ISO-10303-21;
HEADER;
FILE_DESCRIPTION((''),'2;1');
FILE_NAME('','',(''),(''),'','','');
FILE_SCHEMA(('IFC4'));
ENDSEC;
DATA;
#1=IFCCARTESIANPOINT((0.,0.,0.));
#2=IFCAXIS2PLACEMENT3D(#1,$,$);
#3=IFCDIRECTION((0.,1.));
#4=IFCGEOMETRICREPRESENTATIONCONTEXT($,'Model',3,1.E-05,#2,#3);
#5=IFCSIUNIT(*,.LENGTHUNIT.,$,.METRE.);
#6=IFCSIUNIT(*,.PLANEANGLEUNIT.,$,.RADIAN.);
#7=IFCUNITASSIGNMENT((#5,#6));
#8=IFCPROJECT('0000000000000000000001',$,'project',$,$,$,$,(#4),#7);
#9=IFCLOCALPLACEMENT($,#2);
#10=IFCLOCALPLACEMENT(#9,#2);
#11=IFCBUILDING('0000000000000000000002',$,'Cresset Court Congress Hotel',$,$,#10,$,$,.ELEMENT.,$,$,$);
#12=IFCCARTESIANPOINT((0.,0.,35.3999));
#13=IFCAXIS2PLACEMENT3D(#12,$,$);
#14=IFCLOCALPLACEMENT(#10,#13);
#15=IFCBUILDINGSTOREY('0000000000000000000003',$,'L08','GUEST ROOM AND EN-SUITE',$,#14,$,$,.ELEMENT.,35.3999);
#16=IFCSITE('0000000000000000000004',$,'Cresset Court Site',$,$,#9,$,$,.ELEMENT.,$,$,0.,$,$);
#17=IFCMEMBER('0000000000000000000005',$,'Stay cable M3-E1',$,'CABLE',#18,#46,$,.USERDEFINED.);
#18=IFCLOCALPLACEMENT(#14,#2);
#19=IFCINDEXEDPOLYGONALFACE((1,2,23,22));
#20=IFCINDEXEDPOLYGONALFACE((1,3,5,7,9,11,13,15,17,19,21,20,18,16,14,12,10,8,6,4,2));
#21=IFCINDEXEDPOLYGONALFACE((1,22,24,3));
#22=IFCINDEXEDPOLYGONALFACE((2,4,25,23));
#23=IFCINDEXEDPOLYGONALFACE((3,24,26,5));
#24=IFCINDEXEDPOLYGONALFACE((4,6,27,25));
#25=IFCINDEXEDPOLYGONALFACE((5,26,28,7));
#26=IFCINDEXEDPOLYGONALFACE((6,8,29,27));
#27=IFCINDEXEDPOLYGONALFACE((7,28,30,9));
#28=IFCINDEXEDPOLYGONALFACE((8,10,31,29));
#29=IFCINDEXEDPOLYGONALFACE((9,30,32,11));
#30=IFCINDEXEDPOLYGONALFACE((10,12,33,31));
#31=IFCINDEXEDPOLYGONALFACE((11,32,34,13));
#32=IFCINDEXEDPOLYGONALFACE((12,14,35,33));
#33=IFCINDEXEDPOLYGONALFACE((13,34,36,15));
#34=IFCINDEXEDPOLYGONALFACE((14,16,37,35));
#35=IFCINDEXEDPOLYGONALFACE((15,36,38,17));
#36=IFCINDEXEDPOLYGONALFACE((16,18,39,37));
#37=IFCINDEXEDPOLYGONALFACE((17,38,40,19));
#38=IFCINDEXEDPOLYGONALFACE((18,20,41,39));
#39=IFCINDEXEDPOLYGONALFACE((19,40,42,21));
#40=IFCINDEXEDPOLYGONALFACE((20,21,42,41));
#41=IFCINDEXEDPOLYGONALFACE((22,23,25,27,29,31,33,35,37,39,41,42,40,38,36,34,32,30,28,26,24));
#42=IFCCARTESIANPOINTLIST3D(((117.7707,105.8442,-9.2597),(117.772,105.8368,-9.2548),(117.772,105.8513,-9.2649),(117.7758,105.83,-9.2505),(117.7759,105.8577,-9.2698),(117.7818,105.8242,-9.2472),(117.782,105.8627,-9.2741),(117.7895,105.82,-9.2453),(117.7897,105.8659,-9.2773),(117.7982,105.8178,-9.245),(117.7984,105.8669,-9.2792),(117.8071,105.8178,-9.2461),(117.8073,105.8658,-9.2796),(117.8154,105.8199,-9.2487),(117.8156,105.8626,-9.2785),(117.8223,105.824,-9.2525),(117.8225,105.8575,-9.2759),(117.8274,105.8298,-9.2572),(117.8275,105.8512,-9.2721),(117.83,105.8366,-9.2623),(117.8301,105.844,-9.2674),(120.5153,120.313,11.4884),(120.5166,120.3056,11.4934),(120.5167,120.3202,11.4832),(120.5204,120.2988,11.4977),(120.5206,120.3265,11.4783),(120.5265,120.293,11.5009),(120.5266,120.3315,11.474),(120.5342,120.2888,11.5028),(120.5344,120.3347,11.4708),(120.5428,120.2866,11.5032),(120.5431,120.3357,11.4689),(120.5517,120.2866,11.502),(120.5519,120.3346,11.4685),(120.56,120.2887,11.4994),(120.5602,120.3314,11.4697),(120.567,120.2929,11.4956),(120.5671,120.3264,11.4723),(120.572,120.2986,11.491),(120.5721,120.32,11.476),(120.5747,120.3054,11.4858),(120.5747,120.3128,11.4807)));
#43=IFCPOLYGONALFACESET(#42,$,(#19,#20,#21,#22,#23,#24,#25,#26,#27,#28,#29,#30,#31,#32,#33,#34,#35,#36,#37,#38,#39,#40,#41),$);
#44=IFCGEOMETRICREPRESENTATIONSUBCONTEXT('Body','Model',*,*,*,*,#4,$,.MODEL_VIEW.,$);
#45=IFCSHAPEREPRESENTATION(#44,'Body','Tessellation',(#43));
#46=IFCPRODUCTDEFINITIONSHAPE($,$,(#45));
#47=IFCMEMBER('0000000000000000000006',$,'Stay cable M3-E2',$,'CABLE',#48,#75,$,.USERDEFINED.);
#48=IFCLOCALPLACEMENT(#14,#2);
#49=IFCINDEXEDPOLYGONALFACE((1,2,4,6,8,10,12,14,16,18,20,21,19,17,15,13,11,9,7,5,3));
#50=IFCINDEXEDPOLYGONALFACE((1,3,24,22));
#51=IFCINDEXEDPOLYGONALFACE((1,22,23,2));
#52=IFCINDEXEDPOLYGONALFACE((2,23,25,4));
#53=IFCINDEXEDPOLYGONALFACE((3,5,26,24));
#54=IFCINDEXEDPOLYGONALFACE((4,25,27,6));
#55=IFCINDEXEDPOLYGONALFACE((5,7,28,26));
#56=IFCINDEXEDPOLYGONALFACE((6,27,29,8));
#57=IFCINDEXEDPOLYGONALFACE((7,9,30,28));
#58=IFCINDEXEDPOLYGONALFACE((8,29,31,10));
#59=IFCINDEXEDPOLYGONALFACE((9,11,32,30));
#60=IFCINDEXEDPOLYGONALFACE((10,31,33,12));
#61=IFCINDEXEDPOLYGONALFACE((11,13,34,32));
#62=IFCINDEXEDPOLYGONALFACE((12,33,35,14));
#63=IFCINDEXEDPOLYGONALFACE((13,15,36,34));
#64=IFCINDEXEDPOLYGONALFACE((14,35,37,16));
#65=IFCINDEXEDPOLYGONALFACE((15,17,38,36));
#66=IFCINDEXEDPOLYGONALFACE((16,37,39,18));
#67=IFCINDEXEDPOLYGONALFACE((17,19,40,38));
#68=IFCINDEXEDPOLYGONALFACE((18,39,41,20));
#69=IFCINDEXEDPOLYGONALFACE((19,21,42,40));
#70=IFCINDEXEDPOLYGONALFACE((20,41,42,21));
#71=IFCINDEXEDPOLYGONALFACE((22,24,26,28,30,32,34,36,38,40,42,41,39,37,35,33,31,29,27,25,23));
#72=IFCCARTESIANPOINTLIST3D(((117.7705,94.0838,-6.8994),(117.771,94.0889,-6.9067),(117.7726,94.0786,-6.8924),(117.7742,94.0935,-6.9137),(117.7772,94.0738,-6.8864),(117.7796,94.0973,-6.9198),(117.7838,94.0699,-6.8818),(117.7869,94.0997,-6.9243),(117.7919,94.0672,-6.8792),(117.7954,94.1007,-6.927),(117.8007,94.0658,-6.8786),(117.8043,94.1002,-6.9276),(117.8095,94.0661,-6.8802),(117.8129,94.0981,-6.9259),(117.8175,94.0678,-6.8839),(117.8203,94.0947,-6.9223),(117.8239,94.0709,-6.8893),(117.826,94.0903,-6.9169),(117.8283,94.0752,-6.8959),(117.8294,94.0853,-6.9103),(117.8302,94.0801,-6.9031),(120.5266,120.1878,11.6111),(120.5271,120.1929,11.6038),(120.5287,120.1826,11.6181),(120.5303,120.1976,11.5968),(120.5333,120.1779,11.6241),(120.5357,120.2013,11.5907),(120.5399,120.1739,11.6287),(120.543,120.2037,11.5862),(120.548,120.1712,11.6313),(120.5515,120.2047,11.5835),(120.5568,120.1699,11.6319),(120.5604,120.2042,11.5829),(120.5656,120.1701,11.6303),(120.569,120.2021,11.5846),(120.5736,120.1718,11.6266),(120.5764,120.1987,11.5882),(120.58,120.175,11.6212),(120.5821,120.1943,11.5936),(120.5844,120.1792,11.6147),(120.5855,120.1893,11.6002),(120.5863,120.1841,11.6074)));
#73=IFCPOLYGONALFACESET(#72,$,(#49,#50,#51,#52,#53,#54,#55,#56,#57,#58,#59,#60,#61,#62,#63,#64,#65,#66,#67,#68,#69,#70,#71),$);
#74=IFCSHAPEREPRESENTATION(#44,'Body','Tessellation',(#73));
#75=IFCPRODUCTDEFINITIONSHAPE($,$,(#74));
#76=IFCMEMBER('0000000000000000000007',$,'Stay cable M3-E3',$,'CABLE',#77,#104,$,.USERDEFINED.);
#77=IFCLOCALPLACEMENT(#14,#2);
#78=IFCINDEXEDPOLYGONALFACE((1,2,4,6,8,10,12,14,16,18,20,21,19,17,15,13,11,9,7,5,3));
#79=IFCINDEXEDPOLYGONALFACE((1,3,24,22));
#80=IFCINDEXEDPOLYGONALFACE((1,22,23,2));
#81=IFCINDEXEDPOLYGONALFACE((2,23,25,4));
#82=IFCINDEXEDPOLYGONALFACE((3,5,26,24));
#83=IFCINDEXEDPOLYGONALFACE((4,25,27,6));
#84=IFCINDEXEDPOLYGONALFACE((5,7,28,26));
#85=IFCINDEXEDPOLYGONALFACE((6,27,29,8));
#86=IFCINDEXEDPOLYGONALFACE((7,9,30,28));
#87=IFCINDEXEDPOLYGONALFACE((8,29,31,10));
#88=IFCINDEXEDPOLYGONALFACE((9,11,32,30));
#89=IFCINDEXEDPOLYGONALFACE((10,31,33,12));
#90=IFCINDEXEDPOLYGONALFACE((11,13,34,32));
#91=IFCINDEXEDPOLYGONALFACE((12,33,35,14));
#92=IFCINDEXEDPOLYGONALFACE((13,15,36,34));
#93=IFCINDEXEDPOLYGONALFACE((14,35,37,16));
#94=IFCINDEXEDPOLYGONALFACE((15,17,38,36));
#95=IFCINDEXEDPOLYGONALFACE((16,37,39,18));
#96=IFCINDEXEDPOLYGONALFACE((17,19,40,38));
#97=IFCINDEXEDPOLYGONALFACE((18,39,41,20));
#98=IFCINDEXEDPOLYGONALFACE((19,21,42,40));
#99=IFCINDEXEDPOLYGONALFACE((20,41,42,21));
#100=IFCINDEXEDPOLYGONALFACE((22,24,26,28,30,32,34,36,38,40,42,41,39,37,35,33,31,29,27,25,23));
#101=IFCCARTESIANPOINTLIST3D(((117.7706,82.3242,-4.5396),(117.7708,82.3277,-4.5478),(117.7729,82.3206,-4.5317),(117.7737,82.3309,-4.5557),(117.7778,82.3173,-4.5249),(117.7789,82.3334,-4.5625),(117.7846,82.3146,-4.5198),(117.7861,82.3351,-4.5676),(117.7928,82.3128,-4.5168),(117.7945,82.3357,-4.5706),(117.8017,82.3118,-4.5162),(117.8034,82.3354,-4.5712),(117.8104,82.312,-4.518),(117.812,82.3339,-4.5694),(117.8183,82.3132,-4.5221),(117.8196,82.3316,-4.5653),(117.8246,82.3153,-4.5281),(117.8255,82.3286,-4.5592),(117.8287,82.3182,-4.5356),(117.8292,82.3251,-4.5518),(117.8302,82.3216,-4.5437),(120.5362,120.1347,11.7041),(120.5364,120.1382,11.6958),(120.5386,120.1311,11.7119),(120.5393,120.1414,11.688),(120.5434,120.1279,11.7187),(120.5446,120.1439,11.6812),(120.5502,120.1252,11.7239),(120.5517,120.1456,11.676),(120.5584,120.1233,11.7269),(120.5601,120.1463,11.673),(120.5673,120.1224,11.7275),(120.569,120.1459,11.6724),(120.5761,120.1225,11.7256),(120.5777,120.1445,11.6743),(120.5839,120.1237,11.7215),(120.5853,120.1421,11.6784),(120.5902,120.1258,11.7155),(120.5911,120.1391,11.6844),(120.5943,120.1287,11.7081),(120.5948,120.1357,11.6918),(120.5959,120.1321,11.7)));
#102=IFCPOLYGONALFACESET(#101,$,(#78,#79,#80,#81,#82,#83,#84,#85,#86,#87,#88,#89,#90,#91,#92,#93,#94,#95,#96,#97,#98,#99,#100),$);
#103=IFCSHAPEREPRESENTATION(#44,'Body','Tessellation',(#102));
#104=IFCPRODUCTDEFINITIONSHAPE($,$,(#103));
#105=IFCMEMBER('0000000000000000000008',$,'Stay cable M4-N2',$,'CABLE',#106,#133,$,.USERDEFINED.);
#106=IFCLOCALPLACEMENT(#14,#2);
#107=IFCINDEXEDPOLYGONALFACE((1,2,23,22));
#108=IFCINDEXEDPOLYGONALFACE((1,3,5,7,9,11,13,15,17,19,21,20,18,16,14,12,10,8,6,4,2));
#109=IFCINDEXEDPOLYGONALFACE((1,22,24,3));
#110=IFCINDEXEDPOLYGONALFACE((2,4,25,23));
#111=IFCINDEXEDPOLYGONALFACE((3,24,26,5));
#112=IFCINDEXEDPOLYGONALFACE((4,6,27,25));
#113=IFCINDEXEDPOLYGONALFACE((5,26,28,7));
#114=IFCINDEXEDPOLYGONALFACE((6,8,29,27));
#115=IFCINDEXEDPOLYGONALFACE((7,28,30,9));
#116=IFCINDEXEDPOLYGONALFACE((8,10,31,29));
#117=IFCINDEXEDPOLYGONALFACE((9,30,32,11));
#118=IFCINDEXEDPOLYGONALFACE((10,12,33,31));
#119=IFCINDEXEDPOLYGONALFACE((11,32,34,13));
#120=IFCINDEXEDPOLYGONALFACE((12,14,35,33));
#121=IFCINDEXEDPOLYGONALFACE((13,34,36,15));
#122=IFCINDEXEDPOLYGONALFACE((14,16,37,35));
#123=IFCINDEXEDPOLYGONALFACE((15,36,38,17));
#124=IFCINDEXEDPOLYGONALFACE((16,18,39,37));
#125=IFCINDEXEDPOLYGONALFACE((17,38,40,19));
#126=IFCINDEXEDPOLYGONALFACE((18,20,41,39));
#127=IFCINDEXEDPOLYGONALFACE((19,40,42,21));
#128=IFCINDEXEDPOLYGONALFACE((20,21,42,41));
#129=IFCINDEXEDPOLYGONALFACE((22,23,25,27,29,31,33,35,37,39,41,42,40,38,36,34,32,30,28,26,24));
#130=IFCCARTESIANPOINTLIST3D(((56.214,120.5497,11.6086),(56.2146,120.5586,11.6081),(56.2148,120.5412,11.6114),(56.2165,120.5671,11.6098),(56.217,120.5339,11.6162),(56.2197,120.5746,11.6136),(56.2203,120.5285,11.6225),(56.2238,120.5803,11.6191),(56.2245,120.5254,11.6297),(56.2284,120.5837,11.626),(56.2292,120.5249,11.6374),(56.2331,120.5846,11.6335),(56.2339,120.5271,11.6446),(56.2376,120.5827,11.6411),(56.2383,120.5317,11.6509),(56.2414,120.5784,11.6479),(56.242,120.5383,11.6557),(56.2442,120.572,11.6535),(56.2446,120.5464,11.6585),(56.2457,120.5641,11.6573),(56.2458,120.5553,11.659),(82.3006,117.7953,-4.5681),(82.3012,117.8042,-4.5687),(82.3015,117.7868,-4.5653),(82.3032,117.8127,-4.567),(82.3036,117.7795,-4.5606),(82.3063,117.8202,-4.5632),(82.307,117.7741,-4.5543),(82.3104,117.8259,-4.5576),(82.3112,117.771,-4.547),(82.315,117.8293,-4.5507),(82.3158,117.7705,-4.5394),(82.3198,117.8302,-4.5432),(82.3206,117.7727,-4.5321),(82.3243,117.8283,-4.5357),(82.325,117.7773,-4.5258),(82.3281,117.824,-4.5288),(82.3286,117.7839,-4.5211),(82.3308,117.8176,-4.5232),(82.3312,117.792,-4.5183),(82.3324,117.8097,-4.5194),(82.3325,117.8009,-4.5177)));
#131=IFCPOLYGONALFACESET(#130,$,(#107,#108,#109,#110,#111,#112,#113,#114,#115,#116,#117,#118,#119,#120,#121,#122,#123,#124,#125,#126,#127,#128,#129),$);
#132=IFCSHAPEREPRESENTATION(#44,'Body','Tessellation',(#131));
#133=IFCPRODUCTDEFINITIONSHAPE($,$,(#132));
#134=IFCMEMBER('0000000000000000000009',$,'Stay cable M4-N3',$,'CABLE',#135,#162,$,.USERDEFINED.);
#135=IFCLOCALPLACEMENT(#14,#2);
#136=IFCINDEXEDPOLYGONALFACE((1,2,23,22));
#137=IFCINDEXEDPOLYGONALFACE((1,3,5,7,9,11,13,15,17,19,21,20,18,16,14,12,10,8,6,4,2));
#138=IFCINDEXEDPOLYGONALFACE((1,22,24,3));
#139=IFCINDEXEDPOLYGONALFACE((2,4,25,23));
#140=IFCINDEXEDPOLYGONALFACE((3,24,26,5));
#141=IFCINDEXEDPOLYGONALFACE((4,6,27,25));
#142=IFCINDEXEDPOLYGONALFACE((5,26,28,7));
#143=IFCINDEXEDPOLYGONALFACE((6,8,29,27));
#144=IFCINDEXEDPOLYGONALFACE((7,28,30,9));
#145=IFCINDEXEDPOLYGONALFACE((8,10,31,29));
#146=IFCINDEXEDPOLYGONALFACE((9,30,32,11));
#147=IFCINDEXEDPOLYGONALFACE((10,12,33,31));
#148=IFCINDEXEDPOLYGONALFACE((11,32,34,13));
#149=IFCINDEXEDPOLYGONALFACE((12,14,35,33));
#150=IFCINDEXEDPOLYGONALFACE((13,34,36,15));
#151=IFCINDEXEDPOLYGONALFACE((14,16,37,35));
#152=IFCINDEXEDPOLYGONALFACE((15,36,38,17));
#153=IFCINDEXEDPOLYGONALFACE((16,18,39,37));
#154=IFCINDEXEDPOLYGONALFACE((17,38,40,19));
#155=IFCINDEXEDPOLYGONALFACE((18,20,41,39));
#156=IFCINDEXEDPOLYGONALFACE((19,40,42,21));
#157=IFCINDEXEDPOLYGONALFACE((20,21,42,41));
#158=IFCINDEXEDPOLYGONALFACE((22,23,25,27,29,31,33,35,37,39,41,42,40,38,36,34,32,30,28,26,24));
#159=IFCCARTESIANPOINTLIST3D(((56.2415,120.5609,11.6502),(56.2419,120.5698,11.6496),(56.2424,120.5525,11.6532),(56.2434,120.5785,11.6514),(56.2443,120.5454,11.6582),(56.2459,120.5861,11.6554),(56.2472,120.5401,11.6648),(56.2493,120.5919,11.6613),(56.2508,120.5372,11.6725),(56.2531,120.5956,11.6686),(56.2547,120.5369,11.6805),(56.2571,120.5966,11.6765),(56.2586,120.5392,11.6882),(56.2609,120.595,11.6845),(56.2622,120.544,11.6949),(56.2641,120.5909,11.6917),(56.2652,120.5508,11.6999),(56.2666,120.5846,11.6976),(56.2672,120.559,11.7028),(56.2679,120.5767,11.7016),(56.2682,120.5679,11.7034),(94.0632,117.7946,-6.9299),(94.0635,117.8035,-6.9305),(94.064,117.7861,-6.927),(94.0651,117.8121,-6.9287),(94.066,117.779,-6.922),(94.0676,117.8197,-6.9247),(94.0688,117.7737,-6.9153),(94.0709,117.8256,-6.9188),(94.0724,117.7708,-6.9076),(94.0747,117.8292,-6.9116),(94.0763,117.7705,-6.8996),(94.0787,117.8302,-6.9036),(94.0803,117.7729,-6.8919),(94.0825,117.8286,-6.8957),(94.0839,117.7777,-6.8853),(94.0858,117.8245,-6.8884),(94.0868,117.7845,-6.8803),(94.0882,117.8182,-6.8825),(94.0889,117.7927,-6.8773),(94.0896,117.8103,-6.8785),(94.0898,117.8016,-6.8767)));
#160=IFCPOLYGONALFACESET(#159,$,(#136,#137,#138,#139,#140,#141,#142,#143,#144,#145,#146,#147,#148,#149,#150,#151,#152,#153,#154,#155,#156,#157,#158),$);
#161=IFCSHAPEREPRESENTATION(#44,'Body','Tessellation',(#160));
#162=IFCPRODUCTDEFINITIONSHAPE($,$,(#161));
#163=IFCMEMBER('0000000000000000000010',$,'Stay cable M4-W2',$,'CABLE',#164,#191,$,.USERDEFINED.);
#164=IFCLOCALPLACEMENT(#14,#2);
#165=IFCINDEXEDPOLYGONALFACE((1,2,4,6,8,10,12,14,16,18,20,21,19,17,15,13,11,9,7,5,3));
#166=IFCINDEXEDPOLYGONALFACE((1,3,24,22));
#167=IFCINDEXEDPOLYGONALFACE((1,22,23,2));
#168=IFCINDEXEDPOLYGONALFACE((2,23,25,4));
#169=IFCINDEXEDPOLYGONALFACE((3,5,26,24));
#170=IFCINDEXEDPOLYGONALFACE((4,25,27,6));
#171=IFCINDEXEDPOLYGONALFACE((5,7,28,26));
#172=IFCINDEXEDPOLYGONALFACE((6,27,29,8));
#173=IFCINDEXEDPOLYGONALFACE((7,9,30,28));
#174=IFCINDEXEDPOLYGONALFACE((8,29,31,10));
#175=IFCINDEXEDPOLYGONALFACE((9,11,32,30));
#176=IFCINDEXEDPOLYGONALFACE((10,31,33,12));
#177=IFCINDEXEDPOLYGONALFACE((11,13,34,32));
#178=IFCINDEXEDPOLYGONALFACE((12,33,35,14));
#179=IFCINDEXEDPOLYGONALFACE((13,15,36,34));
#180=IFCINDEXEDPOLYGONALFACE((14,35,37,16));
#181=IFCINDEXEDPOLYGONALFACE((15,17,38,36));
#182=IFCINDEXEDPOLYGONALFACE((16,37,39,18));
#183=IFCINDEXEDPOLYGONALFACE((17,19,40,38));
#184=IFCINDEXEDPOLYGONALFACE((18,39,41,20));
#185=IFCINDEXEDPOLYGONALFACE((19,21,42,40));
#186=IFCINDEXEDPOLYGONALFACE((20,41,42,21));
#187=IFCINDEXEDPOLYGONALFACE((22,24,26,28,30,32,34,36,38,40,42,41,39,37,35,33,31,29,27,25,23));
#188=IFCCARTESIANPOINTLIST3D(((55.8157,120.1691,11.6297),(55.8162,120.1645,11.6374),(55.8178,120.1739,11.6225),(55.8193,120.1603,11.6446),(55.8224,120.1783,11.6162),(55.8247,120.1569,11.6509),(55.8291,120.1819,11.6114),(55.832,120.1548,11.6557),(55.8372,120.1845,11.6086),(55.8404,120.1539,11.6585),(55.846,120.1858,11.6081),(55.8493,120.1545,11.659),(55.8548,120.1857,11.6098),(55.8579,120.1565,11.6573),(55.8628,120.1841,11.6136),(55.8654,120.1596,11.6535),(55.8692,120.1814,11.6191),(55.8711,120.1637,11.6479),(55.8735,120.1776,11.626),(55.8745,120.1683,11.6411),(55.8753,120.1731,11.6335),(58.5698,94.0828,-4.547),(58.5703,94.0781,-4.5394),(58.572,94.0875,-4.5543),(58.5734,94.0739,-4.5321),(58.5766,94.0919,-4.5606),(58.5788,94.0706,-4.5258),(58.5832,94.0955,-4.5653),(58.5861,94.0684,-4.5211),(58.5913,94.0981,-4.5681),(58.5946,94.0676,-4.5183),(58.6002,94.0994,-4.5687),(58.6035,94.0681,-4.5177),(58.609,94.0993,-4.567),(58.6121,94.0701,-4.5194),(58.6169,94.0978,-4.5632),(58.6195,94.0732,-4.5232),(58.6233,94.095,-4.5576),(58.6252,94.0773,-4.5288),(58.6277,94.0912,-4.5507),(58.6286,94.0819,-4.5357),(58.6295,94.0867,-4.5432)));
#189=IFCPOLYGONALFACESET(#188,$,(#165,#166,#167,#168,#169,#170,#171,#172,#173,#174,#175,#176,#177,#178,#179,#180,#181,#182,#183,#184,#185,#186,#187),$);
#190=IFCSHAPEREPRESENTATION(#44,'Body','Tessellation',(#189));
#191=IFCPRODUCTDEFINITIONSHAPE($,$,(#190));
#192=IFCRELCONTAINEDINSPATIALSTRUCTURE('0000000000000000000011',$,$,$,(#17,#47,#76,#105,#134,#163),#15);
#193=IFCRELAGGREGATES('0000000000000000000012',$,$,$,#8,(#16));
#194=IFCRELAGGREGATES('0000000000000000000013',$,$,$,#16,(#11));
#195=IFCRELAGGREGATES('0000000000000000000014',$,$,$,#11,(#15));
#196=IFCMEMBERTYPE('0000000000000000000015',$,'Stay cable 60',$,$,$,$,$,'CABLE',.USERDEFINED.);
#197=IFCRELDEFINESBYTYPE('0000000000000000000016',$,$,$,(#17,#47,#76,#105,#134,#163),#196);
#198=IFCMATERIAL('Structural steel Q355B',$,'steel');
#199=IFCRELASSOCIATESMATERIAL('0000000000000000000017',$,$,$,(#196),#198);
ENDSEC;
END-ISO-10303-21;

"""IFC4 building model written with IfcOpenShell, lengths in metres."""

from ifc_helpers import new_model, si_unit, direction, frame, origin, origin_2d, place, context, subcontext, project, spatial, circle, extrude, material, material_profile, profile_set, type_object, element, save


model = new_model("IFC4")

# Units and contexts
model_context = context("Model", 3, precision=1e-05, world=origin(), true_north=direction((0.0, 1.0)))
body_context = subcontext(model_context, "Body", "Model", "MODEL_VIEW")
ifc_project = project(units=[si_unit("LENGTHUNIT", "METRE"), si_unit("PLANEANGLEUNIT", "RADIAN")], contexts=[model_context])

# Site, building, storey
site_placement = place(None, origin())
site = spatial("IfcSite", under=ifc_project, at=site_placement, Name="Cresset Court Site", CompositionType="ELEMENT", RefElevation=0.0)
building_placement = place(site_placement, origin())
building = spatial("IfcBuilding", under=site, at=building_placement, Name="Cresset Court Congress Hotel", CompositionType="ELEMENT")
storey_placement = place(building_placement, frame((0.0, 0.0, 35.3999)))
storey = spatial("IfcBuildingStorey", under=building, at=storey_placement, Name="L08", Description="GUEST ROOM AND EN-SUITE", CompositionType="ELEMENT", Elevation=35.3999)

# Members
ifc_material_1 = material(Name="Structural steel Q355B", Category="steel")
ifc_material_profile_1 = material_profile(ifc_material_1, circle(Radius=0.03, at=origin_2d()), Name="CABLE60")
ifc_profile_set_1 = profile_set([ifc_material_profile_1], Name="Structural steel Q355B")
member_type = type_object("IfcMemberType", Name="Stay cable 60", ElementType="CABLE", PredefinedType="USERDEFINED", material=ifc_profile_set_1)
member_1_placement = place(storey_placement, frame((120.5452, 120.311, 11.4858), z_axis=(-0.107873, -0.568667, -0.815464), x_axis=(0.98248, -0.18637, 0.0)))
element("IfcMember", 1, at=member_1_placement, inside=storey, type_object=member_type, Name="Stay cable M3-E1", ObjectType="CABLE", PredefinedType="USERDEFINED", context=body_context, shape_type="SweptSolid", body=[
    extrude(circle(Radius=0.03, at=origin_2d()), origin(), (0.0, 0.0, 1.0), 25.4434),
])
member_2_placement = place(storey_placement, frame((120.5564, 120.1873, 11.6074), z_axis=(-0.085808, -0.812719, -0.576303), x_axis=(0.994472, -0.104998, 0.0)))
element("IfcMember", 2, at=member_2_placement, inside=storey, type_object=member_type, Name="Stay cable M3-E2", ObjectType="CABLE", PredefinedType="USERDEFINED", context=body_context, shape_type="SweptSolid", body=[
    extrude(circle(Radius=0.03, at=origin_2d()), origin(), (0.0, 0.0, 1.0), 32.1194),
])
member_3_placement = place(storey_placement, frame((120.5659, 120.1343, 11.7), z_axis=(-0.067054, -0.916732, -0.393834), x_axis=(0.997336, -0.072949, 0.0)))
element("IfcMember", 3, at=member_3_placement, inside=storey, type_object=member_type, Name="Stay cable M3-E3", ObjectType="CABLE", PredefinedType="USERDEFINED", context=body_context, shape_type="SweptSolid", body=[
    extrude(circle(Radius=0.03, at=origin_2d()), origin(), (0.0, 0.0, 1.0), 41.2449),
])
member_4_placement = place(storey_placement, frame((56.23, 120.5547, 11.6335), z_axis=(0.846458, -0.089374, -0.524902), x_axis=(0.105003, 0.994472, 0.0)))
element("IfcMember", 4, at=member_4_placement, inside=storey, type_object=member_type, Name="Stay cable M4-N2", ObjectType="CABLE", PredefinedType="USERDEFINED", context=body_context, shape_type="SweptSolid", body=[
    extrude(circle(Radius=0.03, at=origin_2d()), origin(), (0.0, 0.0, 1.0), 30.8186),
])
member_5_placement = place(storey_placement, frame((56.2549, 120.5667, 11.6765), z_axis=(0.895616, -0.065508, -0.439977), x_axis=(0.072948, 0.997336, 0.0)))
element("IfcMember", 5, at=member_5_placement, inside=storey, type_object=member_type, Name="Stay cable M4-N3", ObjectType="CABLE", PredefinedType="USERDEFINED", context=body_context, shape_type="SweptSolid", body=[
    extrude(circle(Radius=0.03, at=origin_2d()), origin(), (0.0, 0.0, 1.0), 42.2297),
])
member_6_placement = place(storey_placement, frame((55.8455, 120.1699, 11.6335), z_axis=(0.089367, -0.846456, -0.524906), x_axis=(0.994473, 0.104994, 0.0)))
element("IfcMember", 6, at=member_6_placement, inside=storey, type_object=member_type, Name="Stay cable M4-W2", ObjectType="CABLE", PredefinedType="USERDEFINED", context=body_context, shape_type="SweptSolid", body=[
    extrude(circle(Radius=0.03, at=origin_2d()), origin(), (0.0, 0.0, 1.0), 30.8184),
])

save(model, "model.ifc")
